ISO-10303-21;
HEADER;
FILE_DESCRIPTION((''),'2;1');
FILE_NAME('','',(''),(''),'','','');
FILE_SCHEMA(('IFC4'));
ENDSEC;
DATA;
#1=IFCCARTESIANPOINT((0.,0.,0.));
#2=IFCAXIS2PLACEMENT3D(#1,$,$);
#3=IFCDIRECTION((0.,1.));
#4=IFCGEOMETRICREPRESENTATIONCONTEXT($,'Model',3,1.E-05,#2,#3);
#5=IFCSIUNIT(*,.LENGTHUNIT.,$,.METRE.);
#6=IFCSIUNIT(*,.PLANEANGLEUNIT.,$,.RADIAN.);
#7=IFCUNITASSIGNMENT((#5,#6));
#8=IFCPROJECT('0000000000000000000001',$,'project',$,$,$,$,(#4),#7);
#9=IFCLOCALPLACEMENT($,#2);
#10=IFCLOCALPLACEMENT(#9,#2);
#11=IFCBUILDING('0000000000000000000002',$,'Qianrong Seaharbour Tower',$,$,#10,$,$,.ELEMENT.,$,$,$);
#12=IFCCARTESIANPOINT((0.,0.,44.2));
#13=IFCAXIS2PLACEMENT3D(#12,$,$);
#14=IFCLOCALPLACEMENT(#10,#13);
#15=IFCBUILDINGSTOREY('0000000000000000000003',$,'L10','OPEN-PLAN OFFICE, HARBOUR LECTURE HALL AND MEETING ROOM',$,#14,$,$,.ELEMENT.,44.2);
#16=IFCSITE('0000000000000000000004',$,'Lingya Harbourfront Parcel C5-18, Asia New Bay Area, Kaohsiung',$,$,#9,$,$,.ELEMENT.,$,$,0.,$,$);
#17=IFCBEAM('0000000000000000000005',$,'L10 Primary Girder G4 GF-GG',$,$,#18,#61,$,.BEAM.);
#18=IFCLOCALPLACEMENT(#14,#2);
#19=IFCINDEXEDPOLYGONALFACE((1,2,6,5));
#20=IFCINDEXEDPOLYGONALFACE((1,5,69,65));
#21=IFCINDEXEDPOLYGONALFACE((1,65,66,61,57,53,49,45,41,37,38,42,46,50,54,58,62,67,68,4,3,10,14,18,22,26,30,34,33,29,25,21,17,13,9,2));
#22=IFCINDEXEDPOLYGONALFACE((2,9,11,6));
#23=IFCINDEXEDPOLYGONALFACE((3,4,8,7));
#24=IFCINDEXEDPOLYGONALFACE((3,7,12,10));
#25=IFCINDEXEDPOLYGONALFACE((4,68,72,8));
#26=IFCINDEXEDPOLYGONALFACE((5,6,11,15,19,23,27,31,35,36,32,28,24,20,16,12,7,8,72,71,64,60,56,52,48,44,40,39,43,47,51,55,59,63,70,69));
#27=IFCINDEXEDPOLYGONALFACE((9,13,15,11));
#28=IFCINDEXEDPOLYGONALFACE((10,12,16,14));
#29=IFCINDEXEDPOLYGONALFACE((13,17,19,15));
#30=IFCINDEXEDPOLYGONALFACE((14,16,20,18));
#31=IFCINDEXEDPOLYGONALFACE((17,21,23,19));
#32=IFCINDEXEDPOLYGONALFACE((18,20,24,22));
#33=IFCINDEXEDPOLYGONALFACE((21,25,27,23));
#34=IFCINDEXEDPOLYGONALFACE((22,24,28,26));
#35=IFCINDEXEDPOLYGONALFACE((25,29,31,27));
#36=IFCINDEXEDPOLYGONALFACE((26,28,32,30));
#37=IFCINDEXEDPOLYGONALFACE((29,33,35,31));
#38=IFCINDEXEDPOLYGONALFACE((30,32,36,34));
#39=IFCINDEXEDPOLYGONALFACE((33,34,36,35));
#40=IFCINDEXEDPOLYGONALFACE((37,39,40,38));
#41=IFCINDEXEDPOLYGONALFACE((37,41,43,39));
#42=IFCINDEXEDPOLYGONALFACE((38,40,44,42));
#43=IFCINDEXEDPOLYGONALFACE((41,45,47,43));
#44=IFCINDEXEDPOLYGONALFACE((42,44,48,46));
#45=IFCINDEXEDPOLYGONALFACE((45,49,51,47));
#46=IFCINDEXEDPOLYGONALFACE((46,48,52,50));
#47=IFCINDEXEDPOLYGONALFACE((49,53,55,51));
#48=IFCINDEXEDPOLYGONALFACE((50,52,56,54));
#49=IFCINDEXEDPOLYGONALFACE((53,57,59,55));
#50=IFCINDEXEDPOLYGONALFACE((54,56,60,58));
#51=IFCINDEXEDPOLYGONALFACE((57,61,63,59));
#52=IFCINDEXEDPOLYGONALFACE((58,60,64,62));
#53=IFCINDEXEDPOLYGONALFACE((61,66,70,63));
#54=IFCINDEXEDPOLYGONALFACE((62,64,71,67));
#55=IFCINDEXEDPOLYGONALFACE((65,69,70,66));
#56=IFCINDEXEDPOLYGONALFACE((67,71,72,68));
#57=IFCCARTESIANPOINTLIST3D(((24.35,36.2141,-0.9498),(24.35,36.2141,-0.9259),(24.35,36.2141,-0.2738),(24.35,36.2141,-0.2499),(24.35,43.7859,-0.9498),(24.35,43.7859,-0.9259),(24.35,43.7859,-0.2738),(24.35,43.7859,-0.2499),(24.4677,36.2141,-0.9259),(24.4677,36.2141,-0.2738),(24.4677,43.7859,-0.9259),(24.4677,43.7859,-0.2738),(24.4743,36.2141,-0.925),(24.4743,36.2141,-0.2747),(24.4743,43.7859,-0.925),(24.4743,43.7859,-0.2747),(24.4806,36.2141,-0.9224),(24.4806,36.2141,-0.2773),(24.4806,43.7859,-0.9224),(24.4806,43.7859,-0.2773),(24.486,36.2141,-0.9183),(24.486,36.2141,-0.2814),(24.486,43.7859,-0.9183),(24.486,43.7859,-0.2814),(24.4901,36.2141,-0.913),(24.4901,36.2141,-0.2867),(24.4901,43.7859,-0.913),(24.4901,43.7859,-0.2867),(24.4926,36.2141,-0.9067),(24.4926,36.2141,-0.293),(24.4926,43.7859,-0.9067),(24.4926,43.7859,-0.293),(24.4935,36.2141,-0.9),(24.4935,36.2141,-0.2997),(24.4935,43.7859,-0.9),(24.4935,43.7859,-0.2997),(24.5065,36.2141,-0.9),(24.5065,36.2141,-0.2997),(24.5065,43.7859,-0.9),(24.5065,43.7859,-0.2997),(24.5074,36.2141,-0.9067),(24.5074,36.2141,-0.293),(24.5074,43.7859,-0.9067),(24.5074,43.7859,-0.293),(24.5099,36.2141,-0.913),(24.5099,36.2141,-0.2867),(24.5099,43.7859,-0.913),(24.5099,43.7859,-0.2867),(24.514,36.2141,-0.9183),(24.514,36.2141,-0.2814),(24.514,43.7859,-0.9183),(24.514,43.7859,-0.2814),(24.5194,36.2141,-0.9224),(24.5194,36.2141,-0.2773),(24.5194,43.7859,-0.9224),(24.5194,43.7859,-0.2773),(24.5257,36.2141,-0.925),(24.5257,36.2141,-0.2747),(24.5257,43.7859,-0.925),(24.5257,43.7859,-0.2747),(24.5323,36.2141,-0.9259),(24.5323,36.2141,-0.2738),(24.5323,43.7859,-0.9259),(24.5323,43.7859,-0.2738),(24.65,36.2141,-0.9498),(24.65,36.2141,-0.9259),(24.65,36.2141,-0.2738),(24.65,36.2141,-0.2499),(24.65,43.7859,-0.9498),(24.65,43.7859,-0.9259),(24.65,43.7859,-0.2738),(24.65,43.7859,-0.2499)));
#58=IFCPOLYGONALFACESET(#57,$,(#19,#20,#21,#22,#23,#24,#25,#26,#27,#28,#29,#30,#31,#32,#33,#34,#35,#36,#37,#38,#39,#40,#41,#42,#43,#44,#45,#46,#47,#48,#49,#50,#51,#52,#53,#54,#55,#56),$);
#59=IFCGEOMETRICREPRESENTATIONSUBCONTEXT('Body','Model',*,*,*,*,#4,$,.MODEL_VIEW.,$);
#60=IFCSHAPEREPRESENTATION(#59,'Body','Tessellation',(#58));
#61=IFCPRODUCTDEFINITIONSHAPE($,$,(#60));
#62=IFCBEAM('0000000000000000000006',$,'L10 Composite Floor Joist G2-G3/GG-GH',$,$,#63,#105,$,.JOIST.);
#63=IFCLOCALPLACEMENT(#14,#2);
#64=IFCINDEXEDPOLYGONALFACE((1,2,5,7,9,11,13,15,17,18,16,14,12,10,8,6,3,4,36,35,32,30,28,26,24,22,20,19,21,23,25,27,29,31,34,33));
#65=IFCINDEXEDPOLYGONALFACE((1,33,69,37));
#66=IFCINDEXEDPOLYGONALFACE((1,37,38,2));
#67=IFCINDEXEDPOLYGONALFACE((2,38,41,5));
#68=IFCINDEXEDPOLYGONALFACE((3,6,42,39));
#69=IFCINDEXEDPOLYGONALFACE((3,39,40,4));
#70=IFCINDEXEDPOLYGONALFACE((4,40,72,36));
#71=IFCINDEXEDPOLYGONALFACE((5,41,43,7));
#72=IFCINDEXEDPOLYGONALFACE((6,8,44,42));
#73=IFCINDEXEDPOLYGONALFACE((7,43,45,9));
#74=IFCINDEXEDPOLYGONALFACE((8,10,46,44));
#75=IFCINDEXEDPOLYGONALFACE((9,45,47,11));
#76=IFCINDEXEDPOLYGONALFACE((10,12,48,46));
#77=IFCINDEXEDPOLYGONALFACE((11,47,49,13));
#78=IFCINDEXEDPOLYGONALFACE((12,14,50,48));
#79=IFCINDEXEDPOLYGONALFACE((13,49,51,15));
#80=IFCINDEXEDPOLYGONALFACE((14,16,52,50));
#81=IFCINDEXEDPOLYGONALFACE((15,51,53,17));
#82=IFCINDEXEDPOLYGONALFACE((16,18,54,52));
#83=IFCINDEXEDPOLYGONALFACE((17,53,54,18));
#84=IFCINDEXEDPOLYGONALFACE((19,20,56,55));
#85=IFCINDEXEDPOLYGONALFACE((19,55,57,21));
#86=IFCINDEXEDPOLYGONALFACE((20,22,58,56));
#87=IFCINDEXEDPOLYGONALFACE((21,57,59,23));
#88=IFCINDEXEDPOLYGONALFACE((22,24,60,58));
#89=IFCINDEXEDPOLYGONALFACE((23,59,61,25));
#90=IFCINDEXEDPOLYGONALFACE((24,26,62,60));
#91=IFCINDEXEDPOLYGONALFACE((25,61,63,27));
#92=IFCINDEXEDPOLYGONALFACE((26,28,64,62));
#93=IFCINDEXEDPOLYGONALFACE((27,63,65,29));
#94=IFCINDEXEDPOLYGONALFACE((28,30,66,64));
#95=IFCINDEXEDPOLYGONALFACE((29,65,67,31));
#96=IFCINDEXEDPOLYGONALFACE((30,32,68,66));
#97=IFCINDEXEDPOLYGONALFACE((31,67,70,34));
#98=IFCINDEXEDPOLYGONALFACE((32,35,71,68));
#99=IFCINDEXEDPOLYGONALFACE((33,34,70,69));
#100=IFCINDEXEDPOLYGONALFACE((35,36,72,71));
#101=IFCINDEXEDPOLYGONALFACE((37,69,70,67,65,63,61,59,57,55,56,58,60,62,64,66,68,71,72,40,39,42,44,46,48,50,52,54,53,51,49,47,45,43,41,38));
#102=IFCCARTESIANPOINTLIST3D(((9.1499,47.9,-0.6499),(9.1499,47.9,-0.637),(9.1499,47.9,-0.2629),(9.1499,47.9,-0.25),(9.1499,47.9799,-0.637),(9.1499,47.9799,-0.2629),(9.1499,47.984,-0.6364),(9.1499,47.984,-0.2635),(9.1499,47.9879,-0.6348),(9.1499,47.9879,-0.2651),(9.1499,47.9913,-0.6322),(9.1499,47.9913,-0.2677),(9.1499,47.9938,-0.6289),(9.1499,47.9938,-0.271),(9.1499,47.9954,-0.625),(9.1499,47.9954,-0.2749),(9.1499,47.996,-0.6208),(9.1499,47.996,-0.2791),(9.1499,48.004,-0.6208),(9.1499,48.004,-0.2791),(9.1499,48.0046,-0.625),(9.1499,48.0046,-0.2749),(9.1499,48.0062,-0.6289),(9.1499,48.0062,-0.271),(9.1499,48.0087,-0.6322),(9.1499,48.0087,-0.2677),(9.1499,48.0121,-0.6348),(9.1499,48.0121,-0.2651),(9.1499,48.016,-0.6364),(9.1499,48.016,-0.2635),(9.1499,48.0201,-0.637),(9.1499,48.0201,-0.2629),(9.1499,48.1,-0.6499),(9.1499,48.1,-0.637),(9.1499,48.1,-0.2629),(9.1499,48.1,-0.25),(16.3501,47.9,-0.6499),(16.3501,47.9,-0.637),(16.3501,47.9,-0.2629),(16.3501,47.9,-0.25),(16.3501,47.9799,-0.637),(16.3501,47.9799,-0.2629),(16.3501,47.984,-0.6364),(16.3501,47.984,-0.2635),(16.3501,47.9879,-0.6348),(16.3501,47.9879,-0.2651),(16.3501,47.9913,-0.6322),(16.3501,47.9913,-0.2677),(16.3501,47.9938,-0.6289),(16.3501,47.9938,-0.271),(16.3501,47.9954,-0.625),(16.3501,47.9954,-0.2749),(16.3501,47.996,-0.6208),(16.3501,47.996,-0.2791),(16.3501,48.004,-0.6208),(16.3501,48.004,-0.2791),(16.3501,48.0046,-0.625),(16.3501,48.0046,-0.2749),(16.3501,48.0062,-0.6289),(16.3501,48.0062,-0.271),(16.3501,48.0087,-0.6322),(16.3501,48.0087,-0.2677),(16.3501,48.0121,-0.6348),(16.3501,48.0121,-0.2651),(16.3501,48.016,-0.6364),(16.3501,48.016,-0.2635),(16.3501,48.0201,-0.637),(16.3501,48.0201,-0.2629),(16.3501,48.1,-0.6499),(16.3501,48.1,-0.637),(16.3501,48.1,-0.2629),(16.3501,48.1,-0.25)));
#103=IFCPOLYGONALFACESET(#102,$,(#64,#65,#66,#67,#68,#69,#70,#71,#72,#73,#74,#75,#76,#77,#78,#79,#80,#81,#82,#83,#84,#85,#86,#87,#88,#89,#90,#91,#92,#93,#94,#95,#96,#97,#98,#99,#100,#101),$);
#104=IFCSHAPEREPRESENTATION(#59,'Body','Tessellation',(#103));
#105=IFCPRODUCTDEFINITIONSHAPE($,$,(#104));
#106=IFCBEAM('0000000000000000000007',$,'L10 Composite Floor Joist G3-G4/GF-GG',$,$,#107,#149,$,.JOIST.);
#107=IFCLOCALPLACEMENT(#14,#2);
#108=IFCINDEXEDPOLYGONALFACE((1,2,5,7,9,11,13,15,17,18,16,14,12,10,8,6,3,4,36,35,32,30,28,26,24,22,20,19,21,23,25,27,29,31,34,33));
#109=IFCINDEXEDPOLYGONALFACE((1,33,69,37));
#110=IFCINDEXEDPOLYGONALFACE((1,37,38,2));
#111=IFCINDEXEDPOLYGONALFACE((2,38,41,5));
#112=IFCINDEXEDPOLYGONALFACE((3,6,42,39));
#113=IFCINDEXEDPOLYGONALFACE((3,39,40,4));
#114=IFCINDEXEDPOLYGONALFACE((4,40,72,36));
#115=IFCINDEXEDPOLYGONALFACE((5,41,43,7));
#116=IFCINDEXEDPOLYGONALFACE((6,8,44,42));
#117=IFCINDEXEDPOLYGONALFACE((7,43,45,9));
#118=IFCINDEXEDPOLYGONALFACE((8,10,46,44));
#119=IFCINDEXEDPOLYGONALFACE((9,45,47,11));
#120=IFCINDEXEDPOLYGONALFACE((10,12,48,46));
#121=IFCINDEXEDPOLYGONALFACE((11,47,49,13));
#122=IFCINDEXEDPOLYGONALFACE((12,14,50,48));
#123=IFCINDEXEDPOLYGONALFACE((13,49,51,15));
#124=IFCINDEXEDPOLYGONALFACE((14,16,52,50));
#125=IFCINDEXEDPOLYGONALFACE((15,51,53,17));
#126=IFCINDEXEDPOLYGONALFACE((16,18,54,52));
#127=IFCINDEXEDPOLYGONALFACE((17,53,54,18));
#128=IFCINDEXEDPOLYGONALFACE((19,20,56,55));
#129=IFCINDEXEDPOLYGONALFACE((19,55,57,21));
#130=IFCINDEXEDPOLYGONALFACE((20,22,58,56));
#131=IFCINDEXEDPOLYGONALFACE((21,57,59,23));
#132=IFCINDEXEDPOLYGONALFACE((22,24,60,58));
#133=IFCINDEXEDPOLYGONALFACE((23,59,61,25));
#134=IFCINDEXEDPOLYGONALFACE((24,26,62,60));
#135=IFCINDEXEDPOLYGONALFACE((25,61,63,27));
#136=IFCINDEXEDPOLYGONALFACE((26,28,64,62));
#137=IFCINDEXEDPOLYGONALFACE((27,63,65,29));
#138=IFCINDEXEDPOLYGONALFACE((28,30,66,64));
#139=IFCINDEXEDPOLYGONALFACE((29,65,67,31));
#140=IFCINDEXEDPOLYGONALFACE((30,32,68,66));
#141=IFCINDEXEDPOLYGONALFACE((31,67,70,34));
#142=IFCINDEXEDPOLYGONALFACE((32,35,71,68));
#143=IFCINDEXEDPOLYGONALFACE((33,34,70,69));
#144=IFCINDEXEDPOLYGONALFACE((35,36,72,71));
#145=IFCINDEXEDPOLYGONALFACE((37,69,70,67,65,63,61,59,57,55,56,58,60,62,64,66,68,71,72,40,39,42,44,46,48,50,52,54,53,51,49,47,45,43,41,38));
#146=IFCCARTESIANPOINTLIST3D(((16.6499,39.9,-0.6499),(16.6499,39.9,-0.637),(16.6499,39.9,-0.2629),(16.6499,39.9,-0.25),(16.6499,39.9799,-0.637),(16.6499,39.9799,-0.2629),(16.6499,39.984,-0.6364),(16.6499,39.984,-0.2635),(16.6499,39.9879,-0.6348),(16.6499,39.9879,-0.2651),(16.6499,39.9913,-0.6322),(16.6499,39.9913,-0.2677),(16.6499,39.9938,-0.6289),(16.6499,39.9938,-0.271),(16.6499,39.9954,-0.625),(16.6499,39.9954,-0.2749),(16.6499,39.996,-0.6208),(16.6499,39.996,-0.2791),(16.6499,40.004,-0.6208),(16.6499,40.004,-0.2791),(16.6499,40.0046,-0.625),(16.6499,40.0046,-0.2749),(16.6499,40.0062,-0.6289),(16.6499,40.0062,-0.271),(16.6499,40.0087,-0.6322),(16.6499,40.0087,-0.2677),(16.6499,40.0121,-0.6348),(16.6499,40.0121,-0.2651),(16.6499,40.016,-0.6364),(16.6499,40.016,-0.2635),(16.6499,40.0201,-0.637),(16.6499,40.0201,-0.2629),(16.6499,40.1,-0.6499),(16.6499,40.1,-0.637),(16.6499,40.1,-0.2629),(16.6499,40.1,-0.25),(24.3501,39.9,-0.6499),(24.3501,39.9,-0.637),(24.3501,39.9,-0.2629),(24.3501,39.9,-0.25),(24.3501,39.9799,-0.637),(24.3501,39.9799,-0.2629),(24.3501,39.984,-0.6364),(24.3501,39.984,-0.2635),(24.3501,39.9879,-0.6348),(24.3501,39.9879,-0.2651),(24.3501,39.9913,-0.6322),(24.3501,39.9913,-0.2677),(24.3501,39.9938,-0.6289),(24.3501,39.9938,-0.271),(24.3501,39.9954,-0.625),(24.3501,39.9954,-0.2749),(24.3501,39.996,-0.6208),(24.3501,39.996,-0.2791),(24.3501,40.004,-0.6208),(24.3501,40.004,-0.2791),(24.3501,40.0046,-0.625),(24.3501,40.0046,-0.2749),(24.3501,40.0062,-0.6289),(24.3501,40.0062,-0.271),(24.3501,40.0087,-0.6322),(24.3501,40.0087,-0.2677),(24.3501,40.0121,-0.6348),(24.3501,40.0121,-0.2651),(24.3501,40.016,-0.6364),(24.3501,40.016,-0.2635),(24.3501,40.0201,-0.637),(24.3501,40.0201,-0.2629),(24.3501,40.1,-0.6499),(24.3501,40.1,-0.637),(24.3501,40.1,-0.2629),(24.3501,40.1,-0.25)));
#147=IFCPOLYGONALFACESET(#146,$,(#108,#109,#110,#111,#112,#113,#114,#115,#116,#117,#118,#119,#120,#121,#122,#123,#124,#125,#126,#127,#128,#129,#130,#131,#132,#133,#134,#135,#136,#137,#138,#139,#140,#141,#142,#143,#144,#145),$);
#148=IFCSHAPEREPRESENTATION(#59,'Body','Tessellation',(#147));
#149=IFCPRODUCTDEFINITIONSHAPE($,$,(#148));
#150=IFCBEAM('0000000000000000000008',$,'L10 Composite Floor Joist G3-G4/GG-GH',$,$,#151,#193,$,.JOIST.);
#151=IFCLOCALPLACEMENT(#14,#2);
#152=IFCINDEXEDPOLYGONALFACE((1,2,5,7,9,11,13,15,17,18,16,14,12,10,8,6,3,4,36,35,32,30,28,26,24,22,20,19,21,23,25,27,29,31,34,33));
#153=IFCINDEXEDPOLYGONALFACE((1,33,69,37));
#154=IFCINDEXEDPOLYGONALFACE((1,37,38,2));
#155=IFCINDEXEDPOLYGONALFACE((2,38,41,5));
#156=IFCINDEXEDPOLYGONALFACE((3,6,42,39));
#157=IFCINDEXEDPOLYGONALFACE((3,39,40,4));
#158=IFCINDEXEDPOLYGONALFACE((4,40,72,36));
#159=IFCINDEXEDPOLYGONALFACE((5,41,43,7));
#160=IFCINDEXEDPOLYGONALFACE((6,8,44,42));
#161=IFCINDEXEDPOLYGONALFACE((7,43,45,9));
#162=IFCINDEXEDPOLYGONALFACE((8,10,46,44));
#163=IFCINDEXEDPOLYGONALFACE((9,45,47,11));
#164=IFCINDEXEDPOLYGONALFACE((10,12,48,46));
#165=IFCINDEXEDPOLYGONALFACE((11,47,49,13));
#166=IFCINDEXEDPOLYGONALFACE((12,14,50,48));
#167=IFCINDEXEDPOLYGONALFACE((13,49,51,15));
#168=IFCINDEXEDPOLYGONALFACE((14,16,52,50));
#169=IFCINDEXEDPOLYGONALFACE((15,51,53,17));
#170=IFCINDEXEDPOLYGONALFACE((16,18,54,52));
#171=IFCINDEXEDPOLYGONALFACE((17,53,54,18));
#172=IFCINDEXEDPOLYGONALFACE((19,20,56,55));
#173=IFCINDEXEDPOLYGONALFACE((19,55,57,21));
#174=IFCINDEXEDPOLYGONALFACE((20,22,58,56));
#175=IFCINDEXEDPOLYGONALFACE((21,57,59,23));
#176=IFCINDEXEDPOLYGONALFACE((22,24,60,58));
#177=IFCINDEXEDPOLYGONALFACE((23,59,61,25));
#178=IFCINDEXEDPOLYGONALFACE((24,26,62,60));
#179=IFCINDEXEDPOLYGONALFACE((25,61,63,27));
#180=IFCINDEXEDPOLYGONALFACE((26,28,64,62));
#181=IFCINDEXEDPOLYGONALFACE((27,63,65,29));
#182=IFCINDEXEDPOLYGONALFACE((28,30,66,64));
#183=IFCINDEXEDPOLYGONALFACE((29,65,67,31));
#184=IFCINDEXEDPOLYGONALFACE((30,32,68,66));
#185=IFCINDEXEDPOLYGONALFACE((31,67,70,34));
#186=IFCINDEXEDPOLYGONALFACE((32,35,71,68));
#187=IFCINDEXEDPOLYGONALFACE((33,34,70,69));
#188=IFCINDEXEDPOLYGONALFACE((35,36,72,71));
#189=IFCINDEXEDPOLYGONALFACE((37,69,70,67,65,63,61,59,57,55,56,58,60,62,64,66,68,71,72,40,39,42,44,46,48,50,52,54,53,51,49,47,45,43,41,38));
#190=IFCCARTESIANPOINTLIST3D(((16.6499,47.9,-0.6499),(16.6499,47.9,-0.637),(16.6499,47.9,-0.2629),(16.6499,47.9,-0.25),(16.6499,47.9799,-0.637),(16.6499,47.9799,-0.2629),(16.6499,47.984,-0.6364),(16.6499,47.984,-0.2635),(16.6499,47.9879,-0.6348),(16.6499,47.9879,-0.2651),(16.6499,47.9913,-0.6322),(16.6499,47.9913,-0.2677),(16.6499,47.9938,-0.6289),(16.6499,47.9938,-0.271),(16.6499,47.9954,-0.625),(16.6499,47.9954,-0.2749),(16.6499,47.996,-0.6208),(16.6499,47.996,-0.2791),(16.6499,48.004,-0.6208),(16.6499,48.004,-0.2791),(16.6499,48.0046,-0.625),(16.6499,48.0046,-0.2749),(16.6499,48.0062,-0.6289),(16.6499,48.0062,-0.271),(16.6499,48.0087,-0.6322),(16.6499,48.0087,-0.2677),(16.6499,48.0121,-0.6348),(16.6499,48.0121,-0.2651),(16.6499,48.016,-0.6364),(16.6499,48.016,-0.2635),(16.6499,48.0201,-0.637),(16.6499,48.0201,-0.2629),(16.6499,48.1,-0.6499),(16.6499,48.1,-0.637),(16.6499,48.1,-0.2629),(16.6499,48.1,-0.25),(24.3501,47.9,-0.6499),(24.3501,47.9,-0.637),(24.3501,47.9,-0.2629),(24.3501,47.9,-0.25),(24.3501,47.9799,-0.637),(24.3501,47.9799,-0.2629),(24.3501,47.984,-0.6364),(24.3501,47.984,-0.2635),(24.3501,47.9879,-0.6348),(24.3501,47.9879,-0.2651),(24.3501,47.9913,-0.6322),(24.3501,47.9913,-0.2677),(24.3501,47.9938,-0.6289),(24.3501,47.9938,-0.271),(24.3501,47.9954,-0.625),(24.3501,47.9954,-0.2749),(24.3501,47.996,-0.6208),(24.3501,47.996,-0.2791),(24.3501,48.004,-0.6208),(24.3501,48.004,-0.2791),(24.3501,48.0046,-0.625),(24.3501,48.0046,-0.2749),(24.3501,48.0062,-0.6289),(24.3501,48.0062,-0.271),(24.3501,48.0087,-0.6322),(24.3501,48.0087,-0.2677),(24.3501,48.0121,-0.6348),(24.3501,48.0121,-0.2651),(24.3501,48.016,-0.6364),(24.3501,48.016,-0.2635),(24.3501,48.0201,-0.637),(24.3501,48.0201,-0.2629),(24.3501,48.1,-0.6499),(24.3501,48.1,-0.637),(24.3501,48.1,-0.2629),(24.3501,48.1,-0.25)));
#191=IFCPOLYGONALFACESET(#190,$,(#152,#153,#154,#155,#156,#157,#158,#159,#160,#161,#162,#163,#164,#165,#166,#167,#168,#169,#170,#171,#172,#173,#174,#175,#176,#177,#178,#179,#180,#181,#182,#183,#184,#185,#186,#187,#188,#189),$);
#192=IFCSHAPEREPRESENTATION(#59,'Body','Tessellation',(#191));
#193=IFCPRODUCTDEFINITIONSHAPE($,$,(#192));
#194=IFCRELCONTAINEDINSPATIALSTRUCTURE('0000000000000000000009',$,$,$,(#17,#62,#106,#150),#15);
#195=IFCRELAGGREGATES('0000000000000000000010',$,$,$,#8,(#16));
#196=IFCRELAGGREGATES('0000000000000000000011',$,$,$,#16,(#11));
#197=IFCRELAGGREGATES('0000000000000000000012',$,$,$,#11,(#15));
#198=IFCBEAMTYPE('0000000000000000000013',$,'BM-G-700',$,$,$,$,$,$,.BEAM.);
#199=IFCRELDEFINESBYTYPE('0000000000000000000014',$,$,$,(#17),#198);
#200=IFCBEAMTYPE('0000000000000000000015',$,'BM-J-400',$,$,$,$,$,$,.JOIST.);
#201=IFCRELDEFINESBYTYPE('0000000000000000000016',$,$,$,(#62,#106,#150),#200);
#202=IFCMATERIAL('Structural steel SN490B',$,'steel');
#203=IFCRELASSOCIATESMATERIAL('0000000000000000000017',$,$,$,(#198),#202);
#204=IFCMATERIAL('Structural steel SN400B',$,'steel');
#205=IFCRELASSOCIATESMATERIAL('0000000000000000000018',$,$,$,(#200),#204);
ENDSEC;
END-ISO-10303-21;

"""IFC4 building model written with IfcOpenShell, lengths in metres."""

from ifc_helpers import new_model, si_unit, direction, frame, origin, origin_2d, place, context, subcontext, project, spatial, i_section, extrude, material, material_profile, profile_set, type_object, element, save


model = new_model("IFC4")

# Units and contexts
model_context = context("Model", 3, precision=1e-05, world=origin(), true_north=direction((0.0, 1.0)))
body_context = subcontext(model_context, "Body", "Model", "MODEL_VIEW")
ifc_project = project(units=[si_unit("LENGTHUNIT", "METRE"), si_unit("PLANEANGLEUNIT", "RADIAN")], contexts=[model_context])

# Site, building, storey
site_placement = place(None, origin())
site = spatial("IfcSite", under=ifc_project, at=site_placement, Name="Lingya Harbourfront Parcel C5-18, Asia New Bay Area, Kaohsiung", CompositionType="ELEMENT", RefElevation=0.0)
building_placement = place(site_placement, origin())
building = spatial("IfcBuilding", under=site, at=building_placement, Name="Qianrong Seaharbour Tower", CompositionType="ELEMENT")
storey_placement = place(building_placement, frame((0.0, 0.0, 44.2)))
storey = spatial("IfcBuildingStorey", under=building, at=storey_placement, Name="L10", Description="OPEN-PLAN OFFICE, HARBOUR LECTURE HALL AND MEETING ROOM", CompositionType="ELEMENT", Elevation=44.2)

# Shared definitions
ifc_material_1 = material(Name="Structural steel SN490B", Category="steel")

# Beams
ifc_material_profile_1 = material_profile(ifc_material_1, i_section(OverallWidth=0.3, OverallDepth=0.7, WebThickness=0.0129, FlangeThickness=0.0239, FilletRadius=0.0259, at=origin_2d()), Name="H700x300x13x24")
ifc_profile_set_1 = profile_set([ifc_material_profile_1], Name="Structural steel SN490B")
beam_type_1 = type_object("IfcBeamType", Name="BM-G-700", PredefinedType="BEAM", material=ifc_profile_set_1)
beam_1_placement = place(storey_placement, frame((24.5, 36.2141, -0.5999), z_axis=(0.0, 1.0, 0.0), x_axis=(-1.0, 0.0, 0.0)))
element("IfcBeam", 1, at=beam_1_placement, inside=storey, type_object=beam_type_1, Name="L10 Primary Girder G4 GF-GG", PredefinedType="BEAM", context=body_context, shape_type="SweptSolid", body=[
    extrude(i_section(OverallWidth=0.3, OverallDepth=0.7, WebThickness=0.0129, FlangeThickness=0.0239, FilletRadius=0.0259, at=origin_2d()), origin(), (0.0, 0.0, 1.0), 7.5718),
])
ifc_material_2 = material(Name="Structural steel SN400B", Category="steel")
ifc_material_profile_2 = material_profile(ifc_material_2, i_section(OverallWidth=0.2, OverallDepth=0.3999, WebThickness=0.0081, FlangeThickness=0.0129, FilletRadius=0.0161, at=origin_2d()), Name="H400x200x8x13")
ifc_profile_set_2 = profile_set([ifc_material_profile_2], Name="Structural steel SN400B")
beam_type_2 = type_object("IfcBeamType", Name="BM-J-400", PredefinedType="JOIST", material=ifc_profile_set_2)
beam_2_placement = place(storey_placement, frame((9.1499, 48.0, -0.45), z_axis=(1.0, 0.0, 0.0), x_axis=(0.0, 1.0, 0.0)))
element("IfcBeam", 2, at=beam_2_placement, inside=storey, type_object=beam_type_2, Name="L10 Composite Floor Joist G2-G3/GG-GH", PredefinedType="JOIST", context=body_context, shape_type="SweptSolid", body=[
    extrude(i_section(OverallWidth=0.2, OverallDepth=0.3999, WebThickness=0.0081, FlangeThickness=0.0129, FilletRadius=0.0161, at=origin_2d()), origin(), (0.0, 0.0, 1.0), 7.2002),
])
for number, where, z_axis, x_axis, name in (
    (3, (16.6499, 40.0, -0.45), (1.0, 0.0, 0.0), (0.0, 1.0, 0.0), "L10 Composite Floor Joist G3-G4/GF-GG"),
    (4, (16.6499, 48.0, -0.45), (1.0, 0.0, 0.0), (0.0, 1.0, 0.0), "L10 Composite Floor Joist G3-G4/GG-GH"),
):
    element("IfcBeam", number, at=place(storey_placement, frame(where, z_axis=z_axis, x_axis=x_axis)), inside=storey, type_object=beam_type_2, Name=name, PredefinedType="JOIST", context=body_context, shape_type="SweptSolid", body=[
        extrude(i_section(OverallWidth=0.2, OverallDepth=0.3999, WebThickness=0.0081, FlangeThickness=0.0129, FilletRadius=0.0161, at=origin_2d()), origin(), (0.0, 0.0, 1.0), 7.7002),
    ])

save(model, "model.ifc")
